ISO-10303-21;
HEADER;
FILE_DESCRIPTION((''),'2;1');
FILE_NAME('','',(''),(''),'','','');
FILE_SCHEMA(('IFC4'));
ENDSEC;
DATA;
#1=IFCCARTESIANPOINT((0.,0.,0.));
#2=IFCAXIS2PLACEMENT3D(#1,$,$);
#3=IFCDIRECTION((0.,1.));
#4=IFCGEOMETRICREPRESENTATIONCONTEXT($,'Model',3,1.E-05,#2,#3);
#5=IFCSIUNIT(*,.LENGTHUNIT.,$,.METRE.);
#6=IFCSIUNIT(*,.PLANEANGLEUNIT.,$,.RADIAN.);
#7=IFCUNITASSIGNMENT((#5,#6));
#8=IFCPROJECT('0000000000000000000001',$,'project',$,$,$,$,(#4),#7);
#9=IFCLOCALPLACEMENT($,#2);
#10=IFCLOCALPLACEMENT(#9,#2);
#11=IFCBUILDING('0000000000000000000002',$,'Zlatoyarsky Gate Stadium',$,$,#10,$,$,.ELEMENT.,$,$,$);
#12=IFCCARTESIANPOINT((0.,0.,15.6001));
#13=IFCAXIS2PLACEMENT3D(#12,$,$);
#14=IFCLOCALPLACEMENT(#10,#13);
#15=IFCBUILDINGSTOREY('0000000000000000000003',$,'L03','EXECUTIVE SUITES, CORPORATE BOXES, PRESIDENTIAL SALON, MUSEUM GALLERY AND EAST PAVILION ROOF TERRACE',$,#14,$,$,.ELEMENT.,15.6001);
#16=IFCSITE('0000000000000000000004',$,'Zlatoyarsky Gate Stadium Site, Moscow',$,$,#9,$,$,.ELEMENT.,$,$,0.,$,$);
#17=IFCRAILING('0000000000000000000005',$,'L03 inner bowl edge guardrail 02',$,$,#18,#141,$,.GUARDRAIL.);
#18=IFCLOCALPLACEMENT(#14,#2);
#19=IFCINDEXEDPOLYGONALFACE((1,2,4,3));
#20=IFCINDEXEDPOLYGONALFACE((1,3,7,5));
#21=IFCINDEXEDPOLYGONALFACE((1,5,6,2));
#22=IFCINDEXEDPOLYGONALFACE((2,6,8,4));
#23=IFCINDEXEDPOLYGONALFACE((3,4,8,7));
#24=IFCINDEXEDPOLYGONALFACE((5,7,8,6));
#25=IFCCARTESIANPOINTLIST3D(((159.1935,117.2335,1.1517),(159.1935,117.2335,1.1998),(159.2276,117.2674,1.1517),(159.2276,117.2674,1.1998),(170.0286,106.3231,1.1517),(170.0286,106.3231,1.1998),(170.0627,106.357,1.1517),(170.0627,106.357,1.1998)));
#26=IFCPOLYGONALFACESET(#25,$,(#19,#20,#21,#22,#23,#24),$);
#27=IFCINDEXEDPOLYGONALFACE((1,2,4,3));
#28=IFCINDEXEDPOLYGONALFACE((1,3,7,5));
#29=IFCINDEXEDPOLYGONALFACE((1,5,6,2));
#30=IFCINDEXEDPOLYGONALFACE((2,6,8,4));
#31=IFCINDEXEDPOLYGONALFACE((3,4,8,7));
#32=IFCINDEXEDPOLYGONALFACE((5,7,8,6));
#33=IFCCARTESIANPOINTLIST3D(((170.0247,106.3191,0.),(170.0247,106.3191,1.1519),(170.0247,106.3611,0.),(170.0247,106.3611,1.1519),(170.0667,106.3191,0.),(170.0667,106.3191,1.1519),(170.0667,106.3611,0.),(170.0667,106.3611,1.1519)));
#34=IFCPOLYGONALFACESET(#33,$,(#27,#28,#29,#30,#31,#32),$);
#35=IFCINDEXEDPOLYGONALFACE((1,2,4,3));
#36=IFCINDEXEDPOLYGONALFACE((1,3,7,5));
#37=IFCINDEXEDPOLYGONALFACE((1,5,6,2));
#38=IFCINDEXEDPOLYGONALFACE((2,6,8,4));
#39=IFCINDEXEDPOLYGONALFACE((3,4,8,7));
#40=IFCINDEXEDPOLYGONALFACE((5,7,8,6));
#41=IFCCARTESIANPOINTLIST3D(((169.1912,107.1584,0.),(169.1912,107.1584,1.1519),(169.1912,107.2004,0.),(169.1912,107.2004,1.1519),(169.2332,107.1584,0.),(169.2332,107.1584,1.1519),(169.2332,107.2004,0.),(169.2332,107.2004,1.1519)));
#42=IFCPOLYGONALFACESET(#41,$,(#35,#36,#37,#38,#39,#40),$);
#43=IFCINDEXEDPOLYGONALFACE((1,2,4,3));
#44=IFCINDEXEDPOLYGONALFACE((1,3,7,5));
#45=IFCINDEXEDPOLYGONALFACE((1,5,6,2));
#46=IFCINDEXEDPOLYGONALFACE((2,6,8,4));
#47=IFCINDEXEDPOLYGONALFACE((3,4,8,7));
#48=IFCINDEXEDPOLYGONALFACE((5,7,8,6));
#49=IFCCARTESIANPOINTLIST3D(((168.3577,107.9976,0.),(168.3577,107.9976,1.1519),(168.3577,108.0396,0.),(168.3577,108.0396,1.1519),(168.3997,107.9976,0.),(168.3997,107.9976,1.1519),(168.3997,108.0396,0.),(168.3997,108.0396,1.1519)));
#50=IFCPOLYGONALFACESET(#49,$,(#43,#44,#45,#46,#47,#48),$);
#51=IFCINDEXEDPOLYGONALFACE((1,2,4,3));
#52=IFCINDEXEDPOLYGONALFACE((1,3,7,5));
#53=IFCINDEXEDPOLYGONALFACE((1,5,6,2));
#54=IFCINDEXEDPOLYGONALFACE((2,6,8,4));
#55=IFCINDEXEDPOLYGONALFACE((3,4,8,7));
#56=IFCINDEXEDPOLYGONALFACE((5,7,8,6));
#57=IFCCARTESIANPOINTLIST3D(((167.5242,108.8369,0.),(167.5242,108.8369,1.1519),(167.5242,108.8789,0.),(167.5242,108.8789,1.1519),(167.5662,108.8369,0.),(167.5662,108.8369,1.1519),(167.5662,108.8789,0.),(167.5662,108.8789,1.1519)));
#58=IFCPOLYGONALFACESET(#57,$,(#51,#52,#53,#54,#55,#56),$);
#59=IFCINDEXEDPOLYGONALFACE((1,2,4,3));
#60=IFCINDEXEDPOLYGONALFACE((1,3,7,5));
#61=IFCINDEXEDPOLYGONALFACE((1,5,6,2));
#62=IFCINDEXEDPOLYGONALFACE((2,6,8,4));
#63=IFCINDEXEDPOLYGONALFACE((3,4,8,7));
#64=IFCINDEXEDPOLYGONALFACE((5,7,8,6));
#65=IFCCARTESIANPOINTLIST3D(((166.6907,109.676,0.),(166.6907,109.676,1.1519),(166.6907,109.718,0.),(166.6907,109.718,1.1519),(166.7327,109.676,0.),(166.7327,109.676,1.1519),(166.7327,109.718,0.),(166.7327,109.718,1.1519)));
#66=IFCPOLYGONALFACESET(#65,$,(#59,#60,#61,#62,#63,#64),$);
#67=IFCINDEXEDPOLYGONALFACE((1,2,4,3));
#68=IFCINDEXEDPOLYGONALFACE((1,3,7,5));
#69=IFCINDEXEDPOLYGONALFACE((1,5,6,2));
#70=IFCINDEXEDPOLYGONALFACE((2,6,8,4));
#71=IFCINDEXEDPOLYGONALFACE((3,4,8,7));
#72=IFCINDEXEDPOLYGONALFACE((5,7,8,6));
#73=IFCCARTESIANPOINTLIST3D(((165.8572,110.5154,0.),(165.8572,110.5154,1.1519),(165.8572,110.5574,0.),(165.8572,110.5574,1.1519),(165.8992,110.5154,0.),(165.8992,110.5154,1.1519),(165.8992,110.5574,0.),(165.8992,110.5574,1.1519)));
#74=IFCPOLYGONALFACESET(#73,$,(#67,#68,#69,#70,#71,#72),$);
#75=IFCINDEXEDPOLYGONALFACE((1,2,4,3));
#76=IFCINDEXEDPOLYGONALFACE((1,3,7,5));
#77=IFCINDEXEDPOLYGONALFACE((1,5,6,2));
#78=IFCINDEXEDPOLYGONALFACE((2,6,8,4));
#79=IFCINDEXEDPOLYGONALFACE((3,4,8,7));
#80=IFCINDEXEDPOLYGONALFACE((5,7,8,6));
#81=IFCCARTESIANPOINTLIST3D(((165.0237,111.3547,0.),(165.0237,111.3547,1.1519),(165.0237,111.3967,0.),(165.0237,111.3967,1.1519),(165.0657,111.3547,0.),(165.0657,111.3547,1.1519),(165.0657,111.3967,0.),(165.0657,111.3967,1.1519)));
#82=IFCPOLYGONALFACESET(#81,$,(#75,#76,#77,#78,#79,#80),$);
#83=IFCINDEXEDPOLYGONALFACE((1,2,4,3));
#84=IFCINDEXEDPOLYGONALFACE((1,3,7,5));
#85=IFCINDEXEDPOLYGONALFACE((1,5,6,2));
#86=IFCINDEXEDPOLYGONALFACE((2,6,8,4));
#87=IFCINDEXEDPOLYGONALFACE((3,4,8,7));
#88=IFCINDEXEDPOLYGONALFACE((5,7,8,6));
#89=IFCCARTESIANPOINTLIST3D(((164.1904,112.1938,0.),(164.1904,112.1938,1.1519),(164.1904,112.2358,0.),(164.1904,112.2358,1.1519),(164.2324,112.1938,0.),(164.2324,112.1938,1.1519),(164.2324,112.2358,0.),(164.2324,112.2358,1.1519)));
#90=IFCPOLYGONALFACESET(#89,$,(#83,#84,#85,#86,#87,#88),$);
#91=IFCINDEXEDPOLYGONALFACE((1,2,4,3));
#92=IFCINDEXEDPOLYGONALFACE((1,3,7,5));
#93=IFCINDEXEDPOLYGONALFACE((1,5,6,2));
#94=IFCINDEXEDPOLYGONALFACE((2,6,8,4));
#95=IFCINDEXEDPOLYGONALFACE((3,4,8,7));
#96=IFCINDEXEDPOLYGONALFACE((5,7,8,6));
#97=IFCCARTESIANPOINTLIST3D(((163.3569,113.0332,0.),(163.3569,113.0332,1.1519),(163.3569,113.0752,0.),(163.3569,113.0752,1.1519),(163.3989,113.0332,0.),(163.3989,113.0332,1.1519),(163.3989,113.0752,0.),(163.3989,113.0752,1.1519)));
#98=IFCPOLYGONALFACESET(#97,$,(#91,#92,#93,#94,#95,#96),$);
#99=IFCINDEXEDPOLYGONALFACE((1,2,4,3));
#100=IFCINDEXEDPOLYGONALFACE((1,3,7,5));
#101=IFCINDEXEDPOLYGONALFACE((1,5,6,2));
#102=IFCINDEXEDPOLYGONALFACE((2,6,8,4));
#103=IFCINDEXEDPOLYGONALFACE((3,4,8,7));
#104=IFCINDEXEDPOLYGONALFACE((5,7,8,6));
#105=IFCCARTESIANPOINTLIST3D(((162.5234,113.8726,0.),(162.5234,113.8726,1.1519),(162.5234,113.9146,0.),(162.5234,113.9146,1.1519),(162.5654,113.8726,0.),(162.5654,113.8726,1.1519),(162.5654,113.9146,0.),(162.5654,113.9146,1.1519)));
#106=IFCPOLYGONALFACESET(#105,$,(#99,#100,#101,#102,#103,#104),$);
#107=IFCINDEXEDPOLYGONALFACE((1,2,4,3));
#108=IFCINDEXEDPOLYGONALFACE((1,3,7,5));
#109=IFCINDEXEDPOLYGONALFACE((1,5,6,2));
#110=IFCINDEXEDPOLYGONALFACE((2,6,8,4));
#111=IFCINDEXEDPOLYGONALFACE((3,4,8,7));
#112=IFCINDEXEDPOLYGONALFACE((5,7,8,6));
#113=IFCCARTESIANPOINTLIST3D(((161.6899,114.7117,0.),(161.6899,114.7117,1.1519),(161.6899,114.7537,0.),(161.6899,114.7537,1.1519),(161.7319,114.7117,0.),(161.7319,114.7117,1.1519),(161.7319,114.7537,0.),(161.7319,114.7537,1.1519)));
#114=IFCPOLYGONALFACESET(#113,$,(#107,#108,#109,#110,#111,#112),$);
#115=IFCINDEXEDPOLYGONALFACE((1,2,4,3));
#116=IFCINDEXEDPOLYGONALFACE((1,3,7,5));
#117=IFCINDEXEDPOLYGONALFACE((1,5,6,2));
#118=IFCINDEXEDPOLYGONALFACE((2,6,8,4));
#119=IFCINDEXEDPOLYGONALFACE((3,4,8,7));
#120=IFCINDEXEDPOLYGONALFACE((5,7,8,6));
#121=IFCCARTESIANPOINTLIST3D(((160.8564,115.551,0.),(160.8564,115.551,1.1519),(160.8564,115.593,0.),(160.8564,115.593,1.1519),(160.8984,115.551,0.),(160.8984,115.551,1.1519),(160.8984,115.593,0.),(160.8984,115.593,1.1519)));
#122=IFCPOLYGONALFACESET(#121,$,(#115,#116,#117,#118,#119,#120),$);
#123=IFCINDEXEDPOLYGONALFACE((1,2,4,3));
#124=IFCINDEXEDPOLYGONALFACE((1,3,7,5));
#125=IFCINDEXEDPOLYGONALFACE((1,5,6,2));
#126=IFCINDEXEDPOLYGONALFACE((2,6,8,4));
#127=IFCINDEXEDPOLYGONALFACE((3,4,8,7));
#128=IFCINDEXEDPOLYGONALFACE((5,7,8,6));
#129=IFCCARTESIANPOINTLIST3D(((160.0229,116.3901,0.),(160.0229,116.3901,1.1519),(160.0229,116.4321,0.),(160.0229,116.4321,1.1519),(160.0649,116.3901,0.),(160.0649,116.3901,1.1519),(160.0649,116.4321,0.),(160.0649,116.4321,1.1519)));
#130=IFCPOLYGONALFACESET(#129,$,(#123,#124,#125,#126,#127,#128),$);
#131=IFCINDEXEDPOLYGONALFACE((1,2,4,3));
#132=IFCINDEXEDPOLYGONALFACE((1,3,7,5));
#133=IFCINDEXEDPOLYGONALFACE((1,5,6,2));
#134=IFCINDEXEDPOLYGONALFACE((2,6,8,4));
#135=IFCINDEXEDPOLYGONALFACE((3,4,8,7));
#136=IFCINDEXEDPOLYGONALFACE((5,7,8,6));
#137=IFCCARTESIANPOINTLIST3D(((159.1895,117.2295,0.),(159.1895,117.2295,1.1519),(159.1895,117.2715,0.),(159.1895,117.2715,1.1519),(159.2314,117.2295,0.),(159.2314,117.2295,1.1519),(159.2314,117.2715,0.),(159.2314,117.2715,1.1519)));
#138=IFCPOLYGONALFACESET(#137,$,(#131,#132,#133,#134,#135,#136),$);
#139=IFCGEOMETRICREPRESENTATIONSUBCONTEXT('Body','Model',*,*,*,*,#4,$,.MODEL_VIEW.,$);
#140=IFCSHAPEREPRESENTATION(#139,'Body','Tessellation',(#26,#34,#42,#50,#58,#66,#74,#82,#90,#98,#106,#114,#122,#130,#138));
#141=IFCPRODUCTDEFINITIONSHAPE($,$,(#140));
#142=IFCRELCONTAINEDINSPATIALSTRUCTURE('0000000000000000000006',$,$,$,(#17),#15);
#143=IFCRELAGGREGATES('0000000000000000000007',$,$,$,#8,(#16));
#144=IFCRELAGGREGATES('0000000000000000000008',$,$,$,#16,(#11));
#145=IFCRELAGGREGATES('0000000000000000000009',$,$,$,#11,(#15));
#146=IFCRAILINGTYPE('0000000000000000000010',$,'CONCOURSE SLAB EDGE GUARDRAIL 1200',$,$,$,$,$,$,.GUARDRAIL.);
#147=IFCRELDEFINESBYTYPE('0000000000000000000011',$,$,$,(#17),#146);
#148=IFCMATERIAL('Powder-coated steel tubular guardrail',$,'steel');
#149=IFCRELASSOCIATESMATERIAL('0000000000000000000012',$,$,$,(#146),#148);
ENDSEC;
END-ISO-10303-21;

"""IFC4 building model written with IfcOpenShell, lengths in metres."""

from ifc_helpers import new_model, si_unit, direction, frame, origin, origin_2d, place, context, subcontext, project, spatial, rectangle, extrude, material, type_object, element, save


model = new_model("IFC4")

# Units and contexts
model_context = context("Model", 3, precision=1e-05, world=origin(), true_north=direction((0.0, 1.0)))
body_context = subcontext(model_context, "Body", "Model", "MODEL_VIEW")
ifc_project = project(units=[si_unit("LENGTHUNIT", "METRE"), si_unit("PLANEANGLEUNIT", "RADIAN")], contexts=[model_context])

# Site, building, storey
site_placement = place(None, origin())
site = spatial("IfcSite", under=ifc_project, at=site_placement, Name="Zlatoyarsky Gate Stadium Site, Moscow", CompositionType="ELEMENT", RefElevation=0.0)
building_placement = place(site_placement, origin())
building = spatial("IfcBuilding", under=site, at=building_placement, Name="Zlatoyarsky Gate Stadium", CompositionType="ELEMENT")
storey_placement = place(building_placement, frame((0.0, 0.0, 15.6001)))
storey = spatial("IfcBuildingStorey", under=building, at=storey_placement, Name="L03", Description="EXECUTIVE SUITES, CORPORATE BOXES, PRESIDENTIAL SALON, MUSEUM GALLERY AND EAST PAVILION ROOF TERRACE", CompositionType="ELEMENT", Elevation=15.6001)

# Railing
ifc_material_1 = material(Name="Powder-coated steel tubular guardrail", Category="steel")
railing_type = type_object("IfcRailingType", Name="CONCOURSE SLAB EDGE GUARDRAIL 1200", PredefinedType="GUARDRAIL", material=ifc_material_1)
railing_1_placement = place(storey_placement, frame((170.0457, 106.3401, 0.0)))
element("IfcRailing", 1, at=railing_1_placement, inside=storey, type_object=railing_type, Name="L03 inner bowl edge guardrail 02", PredefinedType="GUARDRAIL", context=body_context, shape_type="SweptSolid", body=[
    extrude(rectangle(XDim=0.0481, YDim=0.0481, at=origin_2d()), frame((0.0, 0.0, 1.1758), z_axis=(-0.704657, 0.709548, 0.0), x_axis=(-0.709548, -0.704657, 0.0)), (0.0, 0.0, 1.0), 15.3765),
    extrude(rectangle(XDim=0.042, YDim=0.042, at=origin_2d()), origin(), (0.0, 0.0, 1.0), 1.1519),
    extrude(rectangle(XDim=0.042, YDim=0.042, at=origin_2d()), frame((-0.8335, 0.8394, 0.0)), (0.0, 0.0, 1.0), 1.1519),
    extrude(rectangle(XDim=0.042, YDim=0.042, at=origin_2d()), frame((-1.667, 1.6785, 0.0)), (0.0, 0.0, 1.0), 1.1519),
    extrude(rectangle(XDim=0.042, YDim=0.042, at=origin_2d()), frame((-2.5005, 2.5178, 0.0)), (0.0, 0.0, 1.0), 1.1519),
    extrude(rectangle(XDim=0.042, YDim=0.042, at=origin_2d()), frame((-3.334, 3.3569, 0.0)), (0.0, 0.0, 1.0), 1.1519),
    extrude(rectangle(XDim=0.042, YDim=0.042, at=origin_2d()), frame((-4.1675, 4.1963, 0.0)), (0.0, 0.0, 1.0), 1.1519),
    extrude(rectangle(XDim=0.042, YDim=0.042, at=origin_2d()), frame((-5.001, 5.0356, 0.0)), (0.0, 0.0, 1.0), 1.1519),
    extrude(rectangle(XDim=0.042, YDim=0.042, at=origin_2d()), frame((-5.8342, 5.8748, 0.0)), (0.0, 0.0, 1.0), 1.1519),
    extrude(rectangle(XDim=0.042, YDim=0.042, at=origin_2d()), frame((-6.6677, 6.7141, 0.0)), (0.0, 0.0, 1.0), 1.1519),
    extrude(rectangle(XDim=0.042, YDim=0.042, at=origin_2d()), frame((-7.5012, 7.5535, 0.0)), (0.0, 0.0, 1.0), 1.1519),
    extrude(rectangle(XDim=0.042, YDim=0.042, at=origin_2d()), frame((-8.3347, 8.3926, 0.0)), (0.0, 0.0, 1.0), 1.1519),
    extrude(rectangle(XDim=0.042, YDim=0.042, at=origin_2d()), frame((-9.1682, 9.2319, 0.0)), (0.0, 0.0, 1.0), 1.1519),
    extrude(rectangle(XDim=0.042, YDim=0.042, at=origin_2d()), frame((-10.0017, 10.071, 0.0)), (0.0, 0.0, 1.0), 1.1519),
    extrude(rectangle(XDim=0.042, YDim=0.042, at=origin_2d()), frame((-10.8352, 10.9104, 0.0)), (0.0, 0.0, 1.0), 1.1519),
])

save(model, "model.ifc")
